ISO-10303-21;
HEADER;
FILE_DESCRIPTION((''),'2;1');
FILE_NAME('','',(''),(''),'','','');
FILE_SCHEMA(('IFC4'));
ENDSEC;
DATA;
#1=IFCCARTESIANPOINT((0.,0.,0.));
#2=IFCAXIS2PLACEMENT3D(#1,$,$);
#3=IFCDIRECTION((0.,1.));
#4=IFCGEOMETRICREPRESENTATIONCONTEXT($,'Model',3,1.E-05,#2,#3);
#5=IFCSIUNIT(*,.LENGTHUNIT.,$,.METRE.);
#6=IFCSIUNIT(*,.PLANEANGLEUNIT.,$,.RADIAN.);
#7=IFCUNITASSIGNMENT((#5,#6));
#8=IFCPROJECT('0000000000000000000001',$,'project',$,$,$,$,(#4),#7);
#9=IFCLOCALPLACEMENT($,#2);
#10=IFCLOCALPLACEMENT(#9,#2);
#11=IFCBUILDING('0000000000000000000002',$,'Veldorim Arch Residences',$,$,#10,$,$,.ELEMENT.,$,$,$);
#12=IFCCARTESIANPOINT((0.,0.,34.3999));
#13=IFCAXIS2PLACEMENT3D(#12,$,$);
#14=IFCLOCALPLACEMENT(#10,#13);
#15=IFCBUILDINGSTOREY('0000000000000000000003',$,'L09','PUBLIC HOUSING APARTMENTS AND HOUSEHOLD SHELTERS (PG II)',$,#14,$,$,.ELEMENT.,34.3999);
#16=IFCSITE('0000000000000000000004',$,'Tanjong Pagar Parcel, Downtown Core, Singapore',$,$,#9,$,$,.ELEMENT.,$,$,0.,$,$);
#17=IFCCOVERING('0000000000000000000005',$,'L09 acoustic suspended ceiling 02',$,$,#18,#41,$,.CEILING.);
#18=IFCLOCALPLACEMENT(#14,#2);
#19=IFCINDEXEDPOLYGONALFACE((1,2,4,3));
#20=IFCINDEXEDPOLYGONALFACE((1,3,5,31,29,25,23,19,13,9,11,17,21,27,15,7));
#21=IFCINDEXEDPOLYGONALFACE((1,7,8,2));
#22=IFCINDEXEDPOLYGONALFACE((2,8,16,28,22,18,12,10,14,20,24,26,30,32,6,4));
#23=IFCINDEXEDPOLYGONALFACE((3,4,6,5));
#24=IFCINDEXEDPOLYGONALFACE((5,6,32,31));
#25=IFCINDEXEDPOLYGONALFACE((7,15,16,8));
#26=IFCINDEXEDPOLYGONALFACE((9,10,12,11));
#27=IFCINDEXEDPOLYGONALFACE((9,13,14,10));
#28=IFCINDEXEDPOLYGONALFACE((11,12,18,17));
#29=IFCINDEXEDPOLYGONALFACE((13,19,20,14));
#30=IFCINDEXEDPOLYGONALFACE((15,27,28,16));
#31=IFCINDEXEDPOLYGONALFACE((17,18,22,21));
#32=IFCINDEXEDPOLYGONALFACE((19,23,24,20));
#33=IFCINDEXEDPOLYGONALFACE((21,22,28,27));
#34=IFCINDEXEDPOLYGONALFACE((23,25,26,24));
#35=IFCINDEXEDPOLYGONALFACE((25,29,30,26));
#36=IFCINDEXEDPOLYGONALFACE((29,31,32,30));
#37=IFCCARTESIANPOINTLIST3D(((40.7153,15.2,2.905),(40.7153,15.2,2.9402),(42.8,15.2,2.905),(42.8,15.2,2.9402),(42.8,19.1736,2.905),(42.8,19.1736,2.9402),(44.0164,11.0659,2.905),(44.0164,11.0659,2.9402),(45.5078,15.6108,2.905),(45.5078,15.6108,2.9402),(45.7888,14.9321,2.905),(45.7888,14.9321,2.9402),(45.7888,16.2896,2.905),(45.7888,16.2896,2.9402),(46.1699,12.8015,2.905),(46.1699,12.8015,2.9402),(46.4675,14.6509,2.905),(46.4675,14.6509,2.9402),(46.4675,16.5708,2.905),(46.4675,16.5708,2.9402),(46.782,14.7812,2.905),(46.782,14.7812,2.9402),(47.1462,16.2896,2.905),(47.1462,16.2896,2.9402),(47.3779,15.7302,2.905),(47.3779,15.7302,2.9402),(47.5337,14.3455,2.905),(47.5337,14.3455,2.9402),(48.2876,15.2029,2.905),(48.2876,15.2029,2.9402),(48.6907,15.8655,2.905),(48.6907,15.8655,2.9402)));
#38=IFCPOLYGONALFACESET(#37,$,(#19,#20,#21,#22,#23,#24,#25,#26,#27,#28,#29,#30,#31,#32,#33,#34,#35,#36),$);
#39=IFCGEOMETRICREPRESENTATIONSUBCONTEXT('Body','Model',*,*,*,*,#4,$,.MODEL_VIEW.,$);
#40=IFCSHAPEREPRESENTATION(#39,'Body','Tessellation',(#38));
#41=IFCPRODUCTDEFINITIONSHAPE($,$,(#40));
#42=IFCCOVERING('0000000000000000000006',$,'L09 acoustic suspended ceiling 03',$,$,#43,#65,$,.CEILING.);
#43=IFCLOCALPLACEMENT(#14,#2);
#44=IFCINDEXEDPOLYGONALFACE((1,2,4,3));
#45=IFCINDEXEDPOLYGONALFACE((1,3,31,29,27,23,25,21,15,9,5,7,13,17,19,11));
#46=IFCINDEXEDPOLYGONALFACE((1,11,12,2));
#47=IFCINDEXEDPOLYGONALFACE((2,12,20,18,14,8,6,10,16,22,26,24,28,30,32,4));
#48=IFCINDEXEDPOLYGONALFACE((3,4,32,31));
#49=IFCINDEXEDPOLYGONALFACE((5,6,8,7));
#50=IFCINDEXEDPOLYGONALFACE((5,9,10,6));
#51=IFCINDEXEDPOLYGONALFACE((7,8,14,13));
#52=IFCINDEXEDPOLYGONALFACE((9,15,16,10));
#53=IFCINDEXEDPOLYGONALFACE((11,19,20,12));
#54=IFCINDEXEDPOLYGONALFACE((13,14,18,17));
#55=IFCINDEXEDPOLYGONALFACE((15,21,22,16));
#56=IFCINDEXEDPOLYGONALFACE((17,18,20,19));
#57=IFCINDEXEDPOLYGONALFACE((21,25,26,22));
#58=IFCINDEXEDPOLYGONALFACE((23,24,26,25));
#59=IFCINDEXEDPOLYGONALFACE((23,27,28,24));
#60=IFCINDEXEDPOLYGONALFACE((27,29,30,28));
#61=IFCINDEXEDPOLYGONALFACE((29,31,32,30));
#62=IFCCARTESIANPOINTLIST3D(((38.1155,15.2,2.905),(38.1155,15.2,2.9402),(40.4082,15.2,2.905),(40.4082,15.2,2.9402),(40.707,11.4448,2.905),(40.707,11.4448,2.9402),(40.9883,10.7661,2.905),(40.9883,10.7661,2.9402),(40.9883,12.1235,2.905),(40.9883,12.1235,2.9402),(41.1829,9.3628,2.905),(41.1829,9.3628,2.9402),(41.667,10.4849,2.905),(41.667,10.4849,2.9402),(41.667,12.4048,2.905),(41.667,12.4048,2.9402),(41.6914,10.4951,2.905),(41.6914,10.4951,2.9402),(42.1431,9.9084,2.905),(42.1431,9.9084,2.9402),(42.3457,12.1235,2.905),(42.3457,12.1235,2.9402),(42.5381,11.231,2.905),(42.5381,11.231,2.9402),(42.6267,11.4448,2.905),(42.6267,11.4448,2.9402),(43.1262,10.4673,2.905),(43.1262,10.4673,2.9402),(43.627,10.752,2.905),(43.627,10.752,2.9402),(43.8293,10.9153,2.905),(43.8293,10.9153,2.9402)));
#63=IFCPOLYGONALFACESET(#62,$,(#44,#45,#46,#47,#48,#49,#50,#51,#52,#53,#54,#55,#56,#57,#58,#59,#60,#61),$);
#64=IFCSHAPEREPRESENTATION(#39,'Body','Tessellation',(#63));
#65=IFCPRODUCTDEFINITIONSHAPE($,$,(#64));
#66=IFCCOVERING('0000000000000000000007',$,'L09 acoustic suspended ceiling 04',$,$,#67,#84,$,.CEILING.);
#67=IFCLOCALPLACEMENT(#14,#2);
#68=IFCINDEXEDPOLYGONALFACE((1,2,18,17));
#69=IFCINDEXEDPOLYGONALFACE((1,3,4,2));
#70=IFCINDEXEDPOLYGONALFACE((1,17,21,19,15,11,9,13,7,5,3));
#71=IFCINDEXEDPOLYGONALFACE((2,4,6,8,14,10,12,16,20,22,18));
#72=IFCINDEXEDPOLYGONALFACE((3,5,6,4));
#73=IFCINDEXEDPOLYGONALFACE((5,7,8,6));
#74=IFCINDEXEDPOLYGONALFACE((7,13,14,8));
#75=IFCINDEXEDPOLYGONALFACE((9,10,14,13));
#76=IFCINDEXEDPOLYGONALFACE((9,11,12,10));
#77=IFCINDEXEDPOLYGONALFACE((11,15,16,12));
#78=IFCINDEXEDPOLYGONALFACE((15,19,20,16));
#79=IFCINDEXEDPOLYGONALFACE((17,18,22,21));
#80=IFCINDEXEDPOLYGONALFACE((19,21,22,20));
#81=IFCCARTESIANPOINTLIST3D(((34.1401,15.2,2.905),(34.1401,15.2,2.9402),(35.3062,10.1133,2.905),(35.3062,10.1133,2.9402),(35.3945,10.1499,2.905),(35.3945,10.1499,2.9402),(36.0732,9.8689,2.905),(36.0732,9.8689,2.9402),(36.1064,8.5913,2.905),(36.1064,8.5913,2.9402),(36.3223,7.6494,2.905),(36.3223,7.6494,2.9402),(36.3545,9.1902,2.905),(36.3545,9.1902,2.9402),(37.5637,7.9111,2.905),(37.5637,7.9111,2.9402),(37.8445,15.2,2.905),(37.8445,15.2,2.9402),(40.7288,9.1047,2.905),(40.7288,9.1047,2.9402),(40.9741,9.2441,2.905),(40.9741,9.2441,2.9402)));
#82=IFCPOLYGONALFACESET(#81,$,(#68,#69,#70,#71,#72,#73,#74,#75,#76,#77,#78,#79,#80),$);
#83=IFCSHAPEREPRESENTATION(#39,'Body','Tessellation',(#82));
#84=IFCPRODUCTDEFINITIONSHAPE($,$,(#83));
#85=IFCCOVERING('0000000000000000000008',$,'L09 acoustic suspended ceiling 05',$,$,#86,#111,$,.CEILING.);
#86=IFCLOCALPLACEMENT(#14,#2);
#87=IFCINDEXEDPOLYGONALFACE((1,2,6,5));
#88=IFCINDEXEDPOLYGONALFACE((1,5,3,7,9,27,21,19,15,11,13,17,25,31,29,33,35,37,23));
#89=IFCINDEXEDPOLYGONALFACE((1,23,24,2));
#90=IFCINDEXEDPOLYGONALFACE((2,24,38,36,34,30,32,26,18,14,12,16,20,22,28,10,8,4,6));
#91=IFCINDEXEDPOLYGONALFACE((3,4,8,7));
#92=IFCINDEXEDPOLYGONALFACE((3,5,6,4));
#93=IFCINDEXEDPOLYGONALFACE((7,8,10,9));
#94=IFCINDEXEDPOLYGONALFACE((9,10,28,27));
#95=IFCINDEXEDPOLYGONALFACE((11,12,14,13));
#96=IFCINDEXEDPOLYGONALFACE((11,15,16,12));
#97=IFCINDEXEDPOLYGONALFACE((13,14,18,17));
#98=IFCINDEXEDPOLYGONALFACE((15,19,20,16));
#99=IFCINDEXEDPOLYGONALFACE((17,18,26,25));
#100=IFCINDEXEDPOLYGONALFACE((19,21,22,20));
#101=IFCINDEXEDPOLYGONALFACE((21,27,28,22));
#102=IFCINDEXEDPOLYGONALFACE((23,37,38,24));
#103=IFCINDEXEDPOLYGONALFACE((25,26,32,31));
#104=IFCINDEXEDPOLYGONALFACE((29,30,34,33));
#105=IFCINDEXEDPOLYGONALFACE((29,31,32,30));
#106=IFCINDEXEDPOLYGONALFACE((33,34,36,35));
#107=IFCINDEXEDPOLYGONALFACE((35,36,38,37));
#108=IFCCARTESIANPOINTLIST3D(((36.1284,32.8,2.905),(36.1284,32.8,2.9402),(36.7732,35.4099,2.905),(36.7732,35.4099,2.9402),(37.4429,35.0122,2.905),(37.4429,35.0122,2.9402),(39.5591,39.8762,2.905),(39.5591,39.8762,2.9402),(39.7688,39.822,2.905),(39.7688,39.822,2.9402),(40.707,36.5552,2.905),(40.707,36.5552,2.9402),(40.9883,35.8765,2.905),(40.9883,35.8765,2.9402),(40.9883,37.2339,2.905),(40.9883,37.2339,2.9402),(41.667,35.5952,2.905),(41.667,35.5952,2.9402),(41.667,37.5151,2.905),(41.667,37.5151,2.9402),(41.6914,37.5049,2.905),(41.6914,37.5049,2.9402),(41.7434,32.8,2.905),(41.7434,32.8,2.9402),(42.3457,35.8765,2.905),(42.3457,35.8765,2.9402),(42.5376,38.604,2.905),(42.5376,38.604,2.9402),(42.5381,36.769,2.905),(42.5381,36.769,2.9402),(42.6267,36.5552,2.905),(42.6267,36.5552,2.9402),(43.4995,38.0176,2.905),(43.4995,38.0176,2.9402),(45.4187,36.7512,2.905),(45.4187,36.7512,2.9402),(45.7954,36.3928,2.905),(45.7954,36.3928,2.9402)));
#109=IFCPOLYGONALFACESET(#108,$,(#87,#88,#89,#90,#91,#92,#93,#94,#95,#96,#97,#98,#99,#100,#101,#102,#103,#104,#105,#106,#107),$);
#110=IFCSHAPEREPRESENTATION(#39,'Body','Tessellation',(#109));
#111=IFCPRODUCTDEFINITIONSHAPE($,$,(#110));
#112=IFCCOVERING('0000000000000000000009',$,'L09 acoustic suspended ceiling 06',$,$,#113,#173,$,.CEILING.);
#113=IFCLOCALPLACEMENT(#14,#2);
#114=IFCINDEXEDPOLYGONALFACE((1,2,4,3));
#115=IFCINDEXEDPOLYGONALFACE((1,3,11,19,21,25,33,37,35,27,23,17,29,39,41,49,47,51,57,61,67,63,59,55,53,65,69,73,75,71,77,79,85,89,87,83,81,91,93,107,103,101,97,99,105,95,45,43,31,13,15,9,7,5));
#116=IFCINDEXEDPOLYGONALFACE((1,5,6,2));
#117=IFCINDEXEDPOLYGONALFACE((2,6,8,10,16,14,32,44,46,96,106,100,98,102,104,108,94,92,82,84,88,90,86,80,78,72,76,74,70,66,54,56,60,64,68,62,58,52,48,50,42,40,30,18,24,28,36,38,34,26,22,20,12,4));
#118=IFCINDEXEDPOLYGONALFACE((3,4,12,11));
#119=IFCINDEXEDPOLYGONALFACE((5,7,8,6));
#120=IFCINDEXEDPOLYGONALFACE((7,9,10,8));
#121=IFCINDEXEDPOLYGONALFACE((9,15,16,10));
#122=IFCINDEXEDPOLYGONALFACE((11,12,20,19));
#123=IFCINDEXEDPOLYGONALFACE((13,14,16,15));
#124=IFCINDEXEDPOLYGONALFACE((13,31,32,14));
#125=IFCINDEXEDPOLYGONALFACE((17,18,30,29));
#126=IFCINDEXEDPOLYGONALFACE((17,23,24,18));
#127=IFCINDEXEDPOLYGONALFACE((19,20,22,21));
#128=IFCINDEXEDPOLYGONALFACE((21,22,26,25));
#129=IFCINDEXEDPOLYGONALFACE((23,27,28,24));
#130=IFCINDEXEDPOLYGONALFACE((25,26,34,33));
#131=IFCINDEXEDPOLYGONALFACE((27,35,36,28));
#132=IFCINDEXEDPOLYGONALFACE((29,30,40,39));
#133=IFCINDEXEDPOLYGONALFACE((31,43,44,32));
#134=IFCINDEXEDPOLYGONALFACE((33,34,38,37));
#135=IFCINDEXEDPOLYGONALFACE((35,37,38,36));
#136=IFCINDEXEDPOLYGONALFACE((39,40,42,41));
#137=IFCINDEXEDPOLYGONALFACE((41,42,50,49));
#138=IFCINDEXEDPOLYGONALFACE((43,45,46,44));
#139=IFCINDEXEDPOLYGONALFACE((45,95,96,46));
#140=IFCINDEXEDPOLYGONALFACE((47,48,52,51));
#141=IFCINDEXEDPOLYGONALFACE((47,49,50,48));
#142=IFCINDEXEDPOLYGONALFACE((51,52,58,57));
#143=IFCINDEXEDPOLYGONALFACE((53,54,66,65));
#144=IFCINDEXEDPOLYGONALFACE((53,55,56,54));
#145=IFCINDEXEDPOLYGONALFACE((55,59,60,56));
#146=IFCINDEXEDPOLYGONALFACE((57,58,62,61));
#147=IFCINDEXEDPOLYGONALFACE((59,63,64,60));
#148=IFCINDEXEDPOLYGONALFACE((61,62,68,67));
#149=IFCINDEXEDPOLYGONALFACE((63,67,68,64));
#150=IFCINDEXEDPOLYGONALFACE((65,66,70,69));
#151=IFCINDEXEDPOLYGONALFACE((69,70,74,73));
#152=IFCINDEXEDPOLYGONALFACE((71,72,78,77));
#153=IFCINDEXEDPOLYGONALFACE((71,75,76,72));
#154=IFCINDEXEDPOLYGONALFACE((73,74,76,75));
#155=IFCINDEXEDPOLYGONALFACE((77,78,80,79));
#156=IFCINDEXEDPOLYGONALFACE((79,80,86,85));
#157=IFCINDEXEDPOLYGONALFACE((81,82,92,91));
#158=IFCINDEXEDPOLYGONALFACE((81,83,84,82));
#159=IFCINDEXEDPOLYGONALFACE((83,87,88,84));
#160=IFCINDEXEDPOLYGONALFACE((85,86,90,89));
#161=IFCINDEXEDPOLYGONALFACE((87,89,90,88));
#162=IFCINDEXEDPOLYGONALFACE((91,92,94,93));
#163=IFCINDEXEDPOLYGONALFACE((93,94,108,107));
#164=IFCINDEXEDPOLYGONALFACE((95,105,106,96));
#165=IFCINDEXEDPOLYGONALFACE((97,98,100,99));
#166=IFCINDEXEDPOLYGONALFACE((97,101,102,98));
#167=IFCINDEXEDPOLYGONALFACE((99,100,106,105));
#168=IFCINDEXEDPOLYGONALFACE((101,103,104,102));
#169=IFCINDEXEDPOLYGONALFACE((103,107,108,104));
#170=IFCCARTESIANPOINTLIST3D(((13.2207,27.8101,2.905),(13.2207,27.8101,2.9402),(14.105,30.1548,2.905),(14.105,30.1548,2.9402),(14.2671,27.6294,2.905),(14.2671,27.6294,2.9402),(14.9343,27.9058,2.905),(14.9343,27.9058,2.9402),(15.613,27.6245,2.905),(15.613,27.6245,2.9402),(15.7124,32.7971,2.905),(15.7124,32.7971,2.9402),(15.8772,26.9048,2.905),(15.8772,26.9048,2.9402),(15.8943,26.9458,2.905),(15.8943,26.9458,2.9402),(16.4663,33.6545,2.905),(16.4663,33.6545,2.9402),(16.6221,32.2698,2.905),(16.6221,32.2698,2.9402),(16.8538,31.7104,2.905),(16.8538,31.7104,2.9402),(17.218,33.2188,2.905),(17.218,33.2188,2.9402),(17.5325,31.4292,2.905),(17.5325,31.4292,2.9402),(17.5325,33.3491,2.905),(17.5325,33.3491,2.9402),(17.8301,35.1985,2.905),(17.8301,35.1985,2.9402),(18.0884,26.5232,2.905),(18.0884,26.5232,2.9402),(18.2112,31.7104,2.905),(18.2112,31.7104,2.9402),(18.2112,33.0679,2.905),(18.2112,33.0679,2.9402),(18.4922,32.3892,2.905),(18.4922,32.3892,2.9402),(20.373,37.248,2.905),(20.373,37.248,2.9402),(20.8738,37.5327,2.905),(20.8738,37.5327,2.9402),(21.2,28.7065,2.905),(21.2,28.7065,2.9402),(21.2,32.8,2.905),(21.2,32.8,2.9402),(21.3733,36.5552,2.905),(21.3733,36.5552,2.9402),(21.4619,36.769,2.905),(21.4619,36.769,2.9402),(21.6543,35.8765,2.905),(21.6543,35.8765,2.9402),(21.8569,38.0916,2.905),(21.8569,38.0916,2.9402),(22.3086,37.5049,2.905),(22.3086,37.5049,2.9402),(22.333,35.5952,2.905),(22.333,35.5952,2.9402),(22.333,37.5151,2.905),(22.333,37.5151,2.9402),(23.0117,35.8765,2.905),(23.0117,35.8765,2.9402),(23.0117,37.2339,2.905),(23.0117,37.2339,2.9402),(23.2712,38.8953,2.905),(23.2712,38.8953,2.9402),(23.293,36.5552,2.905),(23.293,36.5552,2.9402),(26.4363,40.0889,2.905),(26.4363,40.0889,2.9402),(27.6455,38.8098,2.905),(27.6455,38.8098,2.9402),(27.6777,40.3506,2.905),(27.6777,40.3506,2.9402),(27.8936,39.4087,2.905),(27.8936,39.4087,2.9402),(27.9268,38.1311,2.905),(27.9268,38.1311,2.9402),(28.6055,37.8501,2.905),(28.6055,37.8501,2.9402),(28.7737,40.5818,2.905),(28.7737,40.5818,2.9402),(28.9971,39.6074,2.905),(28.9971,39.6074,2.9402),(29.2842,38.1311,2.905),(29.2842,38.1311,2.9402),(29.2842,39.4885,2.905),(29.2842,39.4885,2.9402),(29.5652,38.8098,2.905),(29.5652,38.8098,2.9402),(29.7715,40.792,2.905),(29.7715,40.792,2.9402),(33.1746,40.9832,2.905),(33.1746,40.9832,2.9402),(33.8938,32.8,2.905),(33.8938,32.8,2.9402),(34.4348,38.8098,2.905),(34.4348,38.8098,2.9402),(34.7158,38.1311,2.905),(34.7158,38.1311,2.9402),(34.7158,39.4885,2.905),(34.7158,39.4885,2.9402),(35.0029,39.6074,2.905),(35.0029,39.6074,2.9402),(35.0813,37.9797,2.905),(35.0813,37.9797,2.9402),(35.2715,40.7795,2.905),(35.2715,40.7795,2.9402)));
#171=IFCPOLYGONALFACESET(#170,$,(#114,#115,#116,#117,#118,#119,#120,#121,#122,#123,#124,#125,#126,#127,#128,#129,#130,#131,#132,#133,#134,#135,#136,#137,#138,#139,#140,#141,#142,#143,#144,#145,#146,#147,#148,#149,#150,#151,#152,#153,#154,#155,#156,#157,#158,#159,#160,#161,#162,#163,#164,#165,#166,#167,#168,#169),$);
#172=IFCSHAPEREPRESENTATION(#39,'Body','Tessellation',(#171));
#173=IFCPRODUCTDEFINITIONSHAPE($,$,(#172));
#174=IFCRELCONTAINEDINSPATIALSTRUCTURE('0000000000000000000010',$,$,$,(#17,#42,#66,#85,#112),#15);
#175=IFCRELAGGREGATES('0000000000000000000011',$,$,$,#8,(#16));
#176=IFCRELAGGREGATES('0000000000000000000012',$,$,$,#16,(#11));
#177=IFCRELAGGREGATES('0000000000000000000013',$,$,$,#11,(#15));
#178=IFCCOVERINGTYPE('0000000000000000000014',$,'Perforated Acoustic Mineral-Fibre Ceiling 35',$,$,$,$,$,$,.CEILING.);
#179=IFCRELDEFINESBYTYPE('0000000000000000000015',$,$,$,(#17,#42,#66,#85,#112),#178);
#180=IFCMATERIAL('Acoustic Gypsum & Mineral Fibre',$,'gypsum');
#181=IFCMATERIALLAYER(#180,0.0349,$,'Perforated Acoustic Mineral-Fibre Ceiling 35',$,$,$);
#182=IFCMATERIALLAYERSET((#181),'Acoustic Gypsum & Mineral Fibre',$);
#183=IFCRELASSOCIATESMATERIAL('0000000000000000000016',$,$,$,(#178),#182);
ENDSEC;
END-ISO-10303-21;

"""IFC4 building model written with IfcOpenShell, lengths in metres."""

from ifc_helpers import new_model, si_unit, direction, frame, origin, place, context, subcontext, project, spatial, polyline, outline, extrude, material, layer, layer_set, type_object, element, save


model = new_model("IFC4")

# Units and contexts
model_context = context("Model", 3, precision=1e-05, world=origin(), true_north=direction((0.0, 1.0)))
body_context = subcontext(model_context, "Body", "Model", "MODEL_VIEW")
ifc_project = project(units=[si_unit("LENGTHUNIT", "METRE"), si_unit("PLANEANGLEUNIT", "RADIAN")], contexts=[model_context])

# Site, building, storey
site_placement = place(None, origin())
site = spatial("IfcSite", under=ifc_project, at=site_placement, Name="Tanjong Pagar Parcel, Downtown Core, Singapore", CompositionType="ELEMENT", RefElevation=0.0)
building_placement = place(site_placement, origin())
building = spatial("IfcBuilding", under=site, at=building_placement, Name="Veldorim Arch Residences", CompositionType="ELEMENT")
storey_placement = place(building_placement, frame((0.0, 0.0, 34.3999)))
storey = spatial("IfcBuildingStorey", under=building, at=storey_placement, Name="L09", Description="PUBLIC HOUSING APARTMENTS AND HOUSEHOLD SHELTERS (PG II)", CompositionType="ELEMENT", Elevation=34.3999)

# Coverings
ifc_material_1 = material(Name="Acoustic Gypsum & Mineral Fibre", Category="gypsum")
ifc_layer_1 = layer(ifc_material_1, 0.0349, Name="Perforated Acoustic Mineral-Fibre Ceiling 35")
ifc_layer_set_1 = layer_set([ifc_layer_1], Name="Acoustic Gypsum & Mineral Fibre")
covering_type_1 = type_object("IfcCoveringType", Name="Perforated Acoustic Mineral-Fibre Ceiling 35", PredefinedType="CEILING", material=ifc_layer_set_1)
covering_1_placement = place(storey_placement, frame((0.0, 0.0, 2.905)))
element("IfcCovering", 1, at=covering_1_placement, inside=storey, type_object=covering_type_1, Name="L09 acoustic suspended ceiling 02", PredefinedType="CEILING", context=body_context, shape_type="SweptSolid", body=[
    extrude(outline(polyline([(47.1462, 16.2896), (46.4675, 16.5708), (45.7888, 16.2896), (45.5078, 15.6108), (45.7888, 14.9321), (46.4675, 14.6509), (46.782, 14.7812), (47.5337, 14.3455), (46.1699, 12.8015), (44.0164, 11.0659), (40.7153, 15.2), (42.8, 15.2), (42.8, 19.1736), (48.6907, 15.8655), (48.2876, 15.2029), (47.3779, 15.7302), (47.1462, 16.2896)])), origin(), (0.0, 0.0, 1.0), 0.0352),
])
covering_2_placement = place(storey_placement, frame((0.0, 0.0, 2.905)))
element("IfcCovering", 2, at=covering_2_placement, inside=storey, type_object=covering_type_1, Name="L09 acoustic suspended ceiling 03", PredefinedType="CEILING", context=body_context, shape_type="SweptSolid", body=[
    extrude(outline(polyline([(42.1431, 9.9084), (41.1829, 9.3628), (38.1155, 15.2), (40.4082, 15.2), (43.8293, 10.9153), (43.627, 10.752), (43.1262, 10.4673), (42.5381, 11.231), (42.6267, 11.4448), (42.3457, 12.1235), (41.667, 12.4048), (40.9883, 12.1235), (40.707, 11.4448), (40.9883, 10.7661), (41.667, 10.4849), (41.6914, 10.4951), (42.1431, 9.9084)])), origin(), (0.0, 0.0, 1.0), 0.0352),
])
covering_3_placement = place(storey_placement, frame((0.0, 0.0, 2.905)))
element("IfcCovering", 3, at=covering_3_placement, inside=storey, type_object=covering_type_1, Name="L09 acoustic suspended ceiling 04", PredefinedType="CEILING", context=body_context, shape_type="SweptSolid", body=[
    extrude(outline(polyline([(36.3545, 9.1902), (36.0732, 9.8689), (35.3945, 10.1499), (35.3062, 10.1133), (34.1401, 15.2), (37.8445, 15.2), (40.9741, 9.2441), (40.7288, 9.1047), (37.5637, 7.9111), (36.3223, 7.6494), (36.1064, 8.5913), (36.3545, 9.1902)])), origin(), (0.0, 0.0, 1.0), 0.0352),
])
covering_4_placement = place(storey_placement, frame((0.0, 0.0, 2.905)))
element("IfcCovering", 4, at=covering_4_placement, inside=storey, type_object=covering_type_1, Name="L09 acoustic suspended ceiling 05", PredefinedType="CEILING", context=body_context, shape_type="SweptSolid", body=[
    extrude(outline(polyline([(41.667, 37.5151), (40.9883, 37.2339), (40.707, 36.5552), (40.9883, 35.8765), (41.667, 35.5952), (42.3457, 35.8765), (42.6267, 36.5552), (42.5381, 36.769), (43.4995, 38.0176), (45.4187, 36.7512), (45.7954, 36.3928), (41.7434, 32.8), (36.1284, 32.8), (37.4429, 35.0122), (36.7732, 35.4099), (39.5591, 39.8762), (39.7688, 39.822), (42.5376, 38.604), (41.6914, 37.5049), (41.667, 37.5151)])), origin(), (0.0, 0.0, 1.0), 0.0352),
])
covering_5_placement = place(storey_placement, frame((0.0, 0.0, 2.905)))
element("IfcCovering", 5, at=covering_5_placement, inside=storey, type_object=covering_type_1, Name="L09 acoustic suspended ceiling 06", PredefinedType="CEILING", context=body_context, shape_type="SweptSolid", body=[
    extrude(outline(polyline([(13.2207, 27.8101), (14.105, 30.1548), (15.7124, 32.7971), (16.6221, 32.2698), (16.8538, 31.7104), (17.5325, 31.4292), (18.2112, 31.7104), (18.4922, 32.3892), (18.2112, 33.0679), (17.5325, 33.3491), (17.218, 33.2188), (16.4663, 33.6545), (17.8301, 35.1985), (20.373, 37.248), (20.8738, 37.5327), (21.4619, 36.769), (21.3733, 36.5552), (21.6543, 35.8765), (22.333, 35.5952), (23.0117, 35.8765), (23.293, 36.5552), (23.0117, 37.2339), (22.333, 37.5151), (22.3086, 37.5049), (21.8569, 38.0916), (23.2712, 38.8953), (26.4363, 40.0889), (27.6777, 40.3506), (27.8936, 39.4087), (27.6455, 38.8098), (27.9268, 38.1311), (28.6055, 37.8501), (29.2842, 38.1311), (29.5652, 38.8098), (29.2842, 39.4885), (28.9971, 39.6074), (28.7737, 40.5818), (29.7715, 40.792), (33.1746, 40.9832), (35.2715, 40.7795), (35.0029, 39.6074), (34.7158, 39.4885), (34.4348, 38.8098), (34.7158, 38.1311), (35.0813, 37.9797), (33.8938, 32.8), (21.2, 32.8), (21.2, 28.7065), (18.0884, 26.5232), (15.8772, 26.9048), (15.8943, 26.9458), (15.613, 27.6245), (14.9343, 27.9058), (14.2671, 27.6294), (13.2207, 27.8101)])), origin(), (0.0, 0.0, 1.0), 0.0352),
])

save(model, "model.ifc")
